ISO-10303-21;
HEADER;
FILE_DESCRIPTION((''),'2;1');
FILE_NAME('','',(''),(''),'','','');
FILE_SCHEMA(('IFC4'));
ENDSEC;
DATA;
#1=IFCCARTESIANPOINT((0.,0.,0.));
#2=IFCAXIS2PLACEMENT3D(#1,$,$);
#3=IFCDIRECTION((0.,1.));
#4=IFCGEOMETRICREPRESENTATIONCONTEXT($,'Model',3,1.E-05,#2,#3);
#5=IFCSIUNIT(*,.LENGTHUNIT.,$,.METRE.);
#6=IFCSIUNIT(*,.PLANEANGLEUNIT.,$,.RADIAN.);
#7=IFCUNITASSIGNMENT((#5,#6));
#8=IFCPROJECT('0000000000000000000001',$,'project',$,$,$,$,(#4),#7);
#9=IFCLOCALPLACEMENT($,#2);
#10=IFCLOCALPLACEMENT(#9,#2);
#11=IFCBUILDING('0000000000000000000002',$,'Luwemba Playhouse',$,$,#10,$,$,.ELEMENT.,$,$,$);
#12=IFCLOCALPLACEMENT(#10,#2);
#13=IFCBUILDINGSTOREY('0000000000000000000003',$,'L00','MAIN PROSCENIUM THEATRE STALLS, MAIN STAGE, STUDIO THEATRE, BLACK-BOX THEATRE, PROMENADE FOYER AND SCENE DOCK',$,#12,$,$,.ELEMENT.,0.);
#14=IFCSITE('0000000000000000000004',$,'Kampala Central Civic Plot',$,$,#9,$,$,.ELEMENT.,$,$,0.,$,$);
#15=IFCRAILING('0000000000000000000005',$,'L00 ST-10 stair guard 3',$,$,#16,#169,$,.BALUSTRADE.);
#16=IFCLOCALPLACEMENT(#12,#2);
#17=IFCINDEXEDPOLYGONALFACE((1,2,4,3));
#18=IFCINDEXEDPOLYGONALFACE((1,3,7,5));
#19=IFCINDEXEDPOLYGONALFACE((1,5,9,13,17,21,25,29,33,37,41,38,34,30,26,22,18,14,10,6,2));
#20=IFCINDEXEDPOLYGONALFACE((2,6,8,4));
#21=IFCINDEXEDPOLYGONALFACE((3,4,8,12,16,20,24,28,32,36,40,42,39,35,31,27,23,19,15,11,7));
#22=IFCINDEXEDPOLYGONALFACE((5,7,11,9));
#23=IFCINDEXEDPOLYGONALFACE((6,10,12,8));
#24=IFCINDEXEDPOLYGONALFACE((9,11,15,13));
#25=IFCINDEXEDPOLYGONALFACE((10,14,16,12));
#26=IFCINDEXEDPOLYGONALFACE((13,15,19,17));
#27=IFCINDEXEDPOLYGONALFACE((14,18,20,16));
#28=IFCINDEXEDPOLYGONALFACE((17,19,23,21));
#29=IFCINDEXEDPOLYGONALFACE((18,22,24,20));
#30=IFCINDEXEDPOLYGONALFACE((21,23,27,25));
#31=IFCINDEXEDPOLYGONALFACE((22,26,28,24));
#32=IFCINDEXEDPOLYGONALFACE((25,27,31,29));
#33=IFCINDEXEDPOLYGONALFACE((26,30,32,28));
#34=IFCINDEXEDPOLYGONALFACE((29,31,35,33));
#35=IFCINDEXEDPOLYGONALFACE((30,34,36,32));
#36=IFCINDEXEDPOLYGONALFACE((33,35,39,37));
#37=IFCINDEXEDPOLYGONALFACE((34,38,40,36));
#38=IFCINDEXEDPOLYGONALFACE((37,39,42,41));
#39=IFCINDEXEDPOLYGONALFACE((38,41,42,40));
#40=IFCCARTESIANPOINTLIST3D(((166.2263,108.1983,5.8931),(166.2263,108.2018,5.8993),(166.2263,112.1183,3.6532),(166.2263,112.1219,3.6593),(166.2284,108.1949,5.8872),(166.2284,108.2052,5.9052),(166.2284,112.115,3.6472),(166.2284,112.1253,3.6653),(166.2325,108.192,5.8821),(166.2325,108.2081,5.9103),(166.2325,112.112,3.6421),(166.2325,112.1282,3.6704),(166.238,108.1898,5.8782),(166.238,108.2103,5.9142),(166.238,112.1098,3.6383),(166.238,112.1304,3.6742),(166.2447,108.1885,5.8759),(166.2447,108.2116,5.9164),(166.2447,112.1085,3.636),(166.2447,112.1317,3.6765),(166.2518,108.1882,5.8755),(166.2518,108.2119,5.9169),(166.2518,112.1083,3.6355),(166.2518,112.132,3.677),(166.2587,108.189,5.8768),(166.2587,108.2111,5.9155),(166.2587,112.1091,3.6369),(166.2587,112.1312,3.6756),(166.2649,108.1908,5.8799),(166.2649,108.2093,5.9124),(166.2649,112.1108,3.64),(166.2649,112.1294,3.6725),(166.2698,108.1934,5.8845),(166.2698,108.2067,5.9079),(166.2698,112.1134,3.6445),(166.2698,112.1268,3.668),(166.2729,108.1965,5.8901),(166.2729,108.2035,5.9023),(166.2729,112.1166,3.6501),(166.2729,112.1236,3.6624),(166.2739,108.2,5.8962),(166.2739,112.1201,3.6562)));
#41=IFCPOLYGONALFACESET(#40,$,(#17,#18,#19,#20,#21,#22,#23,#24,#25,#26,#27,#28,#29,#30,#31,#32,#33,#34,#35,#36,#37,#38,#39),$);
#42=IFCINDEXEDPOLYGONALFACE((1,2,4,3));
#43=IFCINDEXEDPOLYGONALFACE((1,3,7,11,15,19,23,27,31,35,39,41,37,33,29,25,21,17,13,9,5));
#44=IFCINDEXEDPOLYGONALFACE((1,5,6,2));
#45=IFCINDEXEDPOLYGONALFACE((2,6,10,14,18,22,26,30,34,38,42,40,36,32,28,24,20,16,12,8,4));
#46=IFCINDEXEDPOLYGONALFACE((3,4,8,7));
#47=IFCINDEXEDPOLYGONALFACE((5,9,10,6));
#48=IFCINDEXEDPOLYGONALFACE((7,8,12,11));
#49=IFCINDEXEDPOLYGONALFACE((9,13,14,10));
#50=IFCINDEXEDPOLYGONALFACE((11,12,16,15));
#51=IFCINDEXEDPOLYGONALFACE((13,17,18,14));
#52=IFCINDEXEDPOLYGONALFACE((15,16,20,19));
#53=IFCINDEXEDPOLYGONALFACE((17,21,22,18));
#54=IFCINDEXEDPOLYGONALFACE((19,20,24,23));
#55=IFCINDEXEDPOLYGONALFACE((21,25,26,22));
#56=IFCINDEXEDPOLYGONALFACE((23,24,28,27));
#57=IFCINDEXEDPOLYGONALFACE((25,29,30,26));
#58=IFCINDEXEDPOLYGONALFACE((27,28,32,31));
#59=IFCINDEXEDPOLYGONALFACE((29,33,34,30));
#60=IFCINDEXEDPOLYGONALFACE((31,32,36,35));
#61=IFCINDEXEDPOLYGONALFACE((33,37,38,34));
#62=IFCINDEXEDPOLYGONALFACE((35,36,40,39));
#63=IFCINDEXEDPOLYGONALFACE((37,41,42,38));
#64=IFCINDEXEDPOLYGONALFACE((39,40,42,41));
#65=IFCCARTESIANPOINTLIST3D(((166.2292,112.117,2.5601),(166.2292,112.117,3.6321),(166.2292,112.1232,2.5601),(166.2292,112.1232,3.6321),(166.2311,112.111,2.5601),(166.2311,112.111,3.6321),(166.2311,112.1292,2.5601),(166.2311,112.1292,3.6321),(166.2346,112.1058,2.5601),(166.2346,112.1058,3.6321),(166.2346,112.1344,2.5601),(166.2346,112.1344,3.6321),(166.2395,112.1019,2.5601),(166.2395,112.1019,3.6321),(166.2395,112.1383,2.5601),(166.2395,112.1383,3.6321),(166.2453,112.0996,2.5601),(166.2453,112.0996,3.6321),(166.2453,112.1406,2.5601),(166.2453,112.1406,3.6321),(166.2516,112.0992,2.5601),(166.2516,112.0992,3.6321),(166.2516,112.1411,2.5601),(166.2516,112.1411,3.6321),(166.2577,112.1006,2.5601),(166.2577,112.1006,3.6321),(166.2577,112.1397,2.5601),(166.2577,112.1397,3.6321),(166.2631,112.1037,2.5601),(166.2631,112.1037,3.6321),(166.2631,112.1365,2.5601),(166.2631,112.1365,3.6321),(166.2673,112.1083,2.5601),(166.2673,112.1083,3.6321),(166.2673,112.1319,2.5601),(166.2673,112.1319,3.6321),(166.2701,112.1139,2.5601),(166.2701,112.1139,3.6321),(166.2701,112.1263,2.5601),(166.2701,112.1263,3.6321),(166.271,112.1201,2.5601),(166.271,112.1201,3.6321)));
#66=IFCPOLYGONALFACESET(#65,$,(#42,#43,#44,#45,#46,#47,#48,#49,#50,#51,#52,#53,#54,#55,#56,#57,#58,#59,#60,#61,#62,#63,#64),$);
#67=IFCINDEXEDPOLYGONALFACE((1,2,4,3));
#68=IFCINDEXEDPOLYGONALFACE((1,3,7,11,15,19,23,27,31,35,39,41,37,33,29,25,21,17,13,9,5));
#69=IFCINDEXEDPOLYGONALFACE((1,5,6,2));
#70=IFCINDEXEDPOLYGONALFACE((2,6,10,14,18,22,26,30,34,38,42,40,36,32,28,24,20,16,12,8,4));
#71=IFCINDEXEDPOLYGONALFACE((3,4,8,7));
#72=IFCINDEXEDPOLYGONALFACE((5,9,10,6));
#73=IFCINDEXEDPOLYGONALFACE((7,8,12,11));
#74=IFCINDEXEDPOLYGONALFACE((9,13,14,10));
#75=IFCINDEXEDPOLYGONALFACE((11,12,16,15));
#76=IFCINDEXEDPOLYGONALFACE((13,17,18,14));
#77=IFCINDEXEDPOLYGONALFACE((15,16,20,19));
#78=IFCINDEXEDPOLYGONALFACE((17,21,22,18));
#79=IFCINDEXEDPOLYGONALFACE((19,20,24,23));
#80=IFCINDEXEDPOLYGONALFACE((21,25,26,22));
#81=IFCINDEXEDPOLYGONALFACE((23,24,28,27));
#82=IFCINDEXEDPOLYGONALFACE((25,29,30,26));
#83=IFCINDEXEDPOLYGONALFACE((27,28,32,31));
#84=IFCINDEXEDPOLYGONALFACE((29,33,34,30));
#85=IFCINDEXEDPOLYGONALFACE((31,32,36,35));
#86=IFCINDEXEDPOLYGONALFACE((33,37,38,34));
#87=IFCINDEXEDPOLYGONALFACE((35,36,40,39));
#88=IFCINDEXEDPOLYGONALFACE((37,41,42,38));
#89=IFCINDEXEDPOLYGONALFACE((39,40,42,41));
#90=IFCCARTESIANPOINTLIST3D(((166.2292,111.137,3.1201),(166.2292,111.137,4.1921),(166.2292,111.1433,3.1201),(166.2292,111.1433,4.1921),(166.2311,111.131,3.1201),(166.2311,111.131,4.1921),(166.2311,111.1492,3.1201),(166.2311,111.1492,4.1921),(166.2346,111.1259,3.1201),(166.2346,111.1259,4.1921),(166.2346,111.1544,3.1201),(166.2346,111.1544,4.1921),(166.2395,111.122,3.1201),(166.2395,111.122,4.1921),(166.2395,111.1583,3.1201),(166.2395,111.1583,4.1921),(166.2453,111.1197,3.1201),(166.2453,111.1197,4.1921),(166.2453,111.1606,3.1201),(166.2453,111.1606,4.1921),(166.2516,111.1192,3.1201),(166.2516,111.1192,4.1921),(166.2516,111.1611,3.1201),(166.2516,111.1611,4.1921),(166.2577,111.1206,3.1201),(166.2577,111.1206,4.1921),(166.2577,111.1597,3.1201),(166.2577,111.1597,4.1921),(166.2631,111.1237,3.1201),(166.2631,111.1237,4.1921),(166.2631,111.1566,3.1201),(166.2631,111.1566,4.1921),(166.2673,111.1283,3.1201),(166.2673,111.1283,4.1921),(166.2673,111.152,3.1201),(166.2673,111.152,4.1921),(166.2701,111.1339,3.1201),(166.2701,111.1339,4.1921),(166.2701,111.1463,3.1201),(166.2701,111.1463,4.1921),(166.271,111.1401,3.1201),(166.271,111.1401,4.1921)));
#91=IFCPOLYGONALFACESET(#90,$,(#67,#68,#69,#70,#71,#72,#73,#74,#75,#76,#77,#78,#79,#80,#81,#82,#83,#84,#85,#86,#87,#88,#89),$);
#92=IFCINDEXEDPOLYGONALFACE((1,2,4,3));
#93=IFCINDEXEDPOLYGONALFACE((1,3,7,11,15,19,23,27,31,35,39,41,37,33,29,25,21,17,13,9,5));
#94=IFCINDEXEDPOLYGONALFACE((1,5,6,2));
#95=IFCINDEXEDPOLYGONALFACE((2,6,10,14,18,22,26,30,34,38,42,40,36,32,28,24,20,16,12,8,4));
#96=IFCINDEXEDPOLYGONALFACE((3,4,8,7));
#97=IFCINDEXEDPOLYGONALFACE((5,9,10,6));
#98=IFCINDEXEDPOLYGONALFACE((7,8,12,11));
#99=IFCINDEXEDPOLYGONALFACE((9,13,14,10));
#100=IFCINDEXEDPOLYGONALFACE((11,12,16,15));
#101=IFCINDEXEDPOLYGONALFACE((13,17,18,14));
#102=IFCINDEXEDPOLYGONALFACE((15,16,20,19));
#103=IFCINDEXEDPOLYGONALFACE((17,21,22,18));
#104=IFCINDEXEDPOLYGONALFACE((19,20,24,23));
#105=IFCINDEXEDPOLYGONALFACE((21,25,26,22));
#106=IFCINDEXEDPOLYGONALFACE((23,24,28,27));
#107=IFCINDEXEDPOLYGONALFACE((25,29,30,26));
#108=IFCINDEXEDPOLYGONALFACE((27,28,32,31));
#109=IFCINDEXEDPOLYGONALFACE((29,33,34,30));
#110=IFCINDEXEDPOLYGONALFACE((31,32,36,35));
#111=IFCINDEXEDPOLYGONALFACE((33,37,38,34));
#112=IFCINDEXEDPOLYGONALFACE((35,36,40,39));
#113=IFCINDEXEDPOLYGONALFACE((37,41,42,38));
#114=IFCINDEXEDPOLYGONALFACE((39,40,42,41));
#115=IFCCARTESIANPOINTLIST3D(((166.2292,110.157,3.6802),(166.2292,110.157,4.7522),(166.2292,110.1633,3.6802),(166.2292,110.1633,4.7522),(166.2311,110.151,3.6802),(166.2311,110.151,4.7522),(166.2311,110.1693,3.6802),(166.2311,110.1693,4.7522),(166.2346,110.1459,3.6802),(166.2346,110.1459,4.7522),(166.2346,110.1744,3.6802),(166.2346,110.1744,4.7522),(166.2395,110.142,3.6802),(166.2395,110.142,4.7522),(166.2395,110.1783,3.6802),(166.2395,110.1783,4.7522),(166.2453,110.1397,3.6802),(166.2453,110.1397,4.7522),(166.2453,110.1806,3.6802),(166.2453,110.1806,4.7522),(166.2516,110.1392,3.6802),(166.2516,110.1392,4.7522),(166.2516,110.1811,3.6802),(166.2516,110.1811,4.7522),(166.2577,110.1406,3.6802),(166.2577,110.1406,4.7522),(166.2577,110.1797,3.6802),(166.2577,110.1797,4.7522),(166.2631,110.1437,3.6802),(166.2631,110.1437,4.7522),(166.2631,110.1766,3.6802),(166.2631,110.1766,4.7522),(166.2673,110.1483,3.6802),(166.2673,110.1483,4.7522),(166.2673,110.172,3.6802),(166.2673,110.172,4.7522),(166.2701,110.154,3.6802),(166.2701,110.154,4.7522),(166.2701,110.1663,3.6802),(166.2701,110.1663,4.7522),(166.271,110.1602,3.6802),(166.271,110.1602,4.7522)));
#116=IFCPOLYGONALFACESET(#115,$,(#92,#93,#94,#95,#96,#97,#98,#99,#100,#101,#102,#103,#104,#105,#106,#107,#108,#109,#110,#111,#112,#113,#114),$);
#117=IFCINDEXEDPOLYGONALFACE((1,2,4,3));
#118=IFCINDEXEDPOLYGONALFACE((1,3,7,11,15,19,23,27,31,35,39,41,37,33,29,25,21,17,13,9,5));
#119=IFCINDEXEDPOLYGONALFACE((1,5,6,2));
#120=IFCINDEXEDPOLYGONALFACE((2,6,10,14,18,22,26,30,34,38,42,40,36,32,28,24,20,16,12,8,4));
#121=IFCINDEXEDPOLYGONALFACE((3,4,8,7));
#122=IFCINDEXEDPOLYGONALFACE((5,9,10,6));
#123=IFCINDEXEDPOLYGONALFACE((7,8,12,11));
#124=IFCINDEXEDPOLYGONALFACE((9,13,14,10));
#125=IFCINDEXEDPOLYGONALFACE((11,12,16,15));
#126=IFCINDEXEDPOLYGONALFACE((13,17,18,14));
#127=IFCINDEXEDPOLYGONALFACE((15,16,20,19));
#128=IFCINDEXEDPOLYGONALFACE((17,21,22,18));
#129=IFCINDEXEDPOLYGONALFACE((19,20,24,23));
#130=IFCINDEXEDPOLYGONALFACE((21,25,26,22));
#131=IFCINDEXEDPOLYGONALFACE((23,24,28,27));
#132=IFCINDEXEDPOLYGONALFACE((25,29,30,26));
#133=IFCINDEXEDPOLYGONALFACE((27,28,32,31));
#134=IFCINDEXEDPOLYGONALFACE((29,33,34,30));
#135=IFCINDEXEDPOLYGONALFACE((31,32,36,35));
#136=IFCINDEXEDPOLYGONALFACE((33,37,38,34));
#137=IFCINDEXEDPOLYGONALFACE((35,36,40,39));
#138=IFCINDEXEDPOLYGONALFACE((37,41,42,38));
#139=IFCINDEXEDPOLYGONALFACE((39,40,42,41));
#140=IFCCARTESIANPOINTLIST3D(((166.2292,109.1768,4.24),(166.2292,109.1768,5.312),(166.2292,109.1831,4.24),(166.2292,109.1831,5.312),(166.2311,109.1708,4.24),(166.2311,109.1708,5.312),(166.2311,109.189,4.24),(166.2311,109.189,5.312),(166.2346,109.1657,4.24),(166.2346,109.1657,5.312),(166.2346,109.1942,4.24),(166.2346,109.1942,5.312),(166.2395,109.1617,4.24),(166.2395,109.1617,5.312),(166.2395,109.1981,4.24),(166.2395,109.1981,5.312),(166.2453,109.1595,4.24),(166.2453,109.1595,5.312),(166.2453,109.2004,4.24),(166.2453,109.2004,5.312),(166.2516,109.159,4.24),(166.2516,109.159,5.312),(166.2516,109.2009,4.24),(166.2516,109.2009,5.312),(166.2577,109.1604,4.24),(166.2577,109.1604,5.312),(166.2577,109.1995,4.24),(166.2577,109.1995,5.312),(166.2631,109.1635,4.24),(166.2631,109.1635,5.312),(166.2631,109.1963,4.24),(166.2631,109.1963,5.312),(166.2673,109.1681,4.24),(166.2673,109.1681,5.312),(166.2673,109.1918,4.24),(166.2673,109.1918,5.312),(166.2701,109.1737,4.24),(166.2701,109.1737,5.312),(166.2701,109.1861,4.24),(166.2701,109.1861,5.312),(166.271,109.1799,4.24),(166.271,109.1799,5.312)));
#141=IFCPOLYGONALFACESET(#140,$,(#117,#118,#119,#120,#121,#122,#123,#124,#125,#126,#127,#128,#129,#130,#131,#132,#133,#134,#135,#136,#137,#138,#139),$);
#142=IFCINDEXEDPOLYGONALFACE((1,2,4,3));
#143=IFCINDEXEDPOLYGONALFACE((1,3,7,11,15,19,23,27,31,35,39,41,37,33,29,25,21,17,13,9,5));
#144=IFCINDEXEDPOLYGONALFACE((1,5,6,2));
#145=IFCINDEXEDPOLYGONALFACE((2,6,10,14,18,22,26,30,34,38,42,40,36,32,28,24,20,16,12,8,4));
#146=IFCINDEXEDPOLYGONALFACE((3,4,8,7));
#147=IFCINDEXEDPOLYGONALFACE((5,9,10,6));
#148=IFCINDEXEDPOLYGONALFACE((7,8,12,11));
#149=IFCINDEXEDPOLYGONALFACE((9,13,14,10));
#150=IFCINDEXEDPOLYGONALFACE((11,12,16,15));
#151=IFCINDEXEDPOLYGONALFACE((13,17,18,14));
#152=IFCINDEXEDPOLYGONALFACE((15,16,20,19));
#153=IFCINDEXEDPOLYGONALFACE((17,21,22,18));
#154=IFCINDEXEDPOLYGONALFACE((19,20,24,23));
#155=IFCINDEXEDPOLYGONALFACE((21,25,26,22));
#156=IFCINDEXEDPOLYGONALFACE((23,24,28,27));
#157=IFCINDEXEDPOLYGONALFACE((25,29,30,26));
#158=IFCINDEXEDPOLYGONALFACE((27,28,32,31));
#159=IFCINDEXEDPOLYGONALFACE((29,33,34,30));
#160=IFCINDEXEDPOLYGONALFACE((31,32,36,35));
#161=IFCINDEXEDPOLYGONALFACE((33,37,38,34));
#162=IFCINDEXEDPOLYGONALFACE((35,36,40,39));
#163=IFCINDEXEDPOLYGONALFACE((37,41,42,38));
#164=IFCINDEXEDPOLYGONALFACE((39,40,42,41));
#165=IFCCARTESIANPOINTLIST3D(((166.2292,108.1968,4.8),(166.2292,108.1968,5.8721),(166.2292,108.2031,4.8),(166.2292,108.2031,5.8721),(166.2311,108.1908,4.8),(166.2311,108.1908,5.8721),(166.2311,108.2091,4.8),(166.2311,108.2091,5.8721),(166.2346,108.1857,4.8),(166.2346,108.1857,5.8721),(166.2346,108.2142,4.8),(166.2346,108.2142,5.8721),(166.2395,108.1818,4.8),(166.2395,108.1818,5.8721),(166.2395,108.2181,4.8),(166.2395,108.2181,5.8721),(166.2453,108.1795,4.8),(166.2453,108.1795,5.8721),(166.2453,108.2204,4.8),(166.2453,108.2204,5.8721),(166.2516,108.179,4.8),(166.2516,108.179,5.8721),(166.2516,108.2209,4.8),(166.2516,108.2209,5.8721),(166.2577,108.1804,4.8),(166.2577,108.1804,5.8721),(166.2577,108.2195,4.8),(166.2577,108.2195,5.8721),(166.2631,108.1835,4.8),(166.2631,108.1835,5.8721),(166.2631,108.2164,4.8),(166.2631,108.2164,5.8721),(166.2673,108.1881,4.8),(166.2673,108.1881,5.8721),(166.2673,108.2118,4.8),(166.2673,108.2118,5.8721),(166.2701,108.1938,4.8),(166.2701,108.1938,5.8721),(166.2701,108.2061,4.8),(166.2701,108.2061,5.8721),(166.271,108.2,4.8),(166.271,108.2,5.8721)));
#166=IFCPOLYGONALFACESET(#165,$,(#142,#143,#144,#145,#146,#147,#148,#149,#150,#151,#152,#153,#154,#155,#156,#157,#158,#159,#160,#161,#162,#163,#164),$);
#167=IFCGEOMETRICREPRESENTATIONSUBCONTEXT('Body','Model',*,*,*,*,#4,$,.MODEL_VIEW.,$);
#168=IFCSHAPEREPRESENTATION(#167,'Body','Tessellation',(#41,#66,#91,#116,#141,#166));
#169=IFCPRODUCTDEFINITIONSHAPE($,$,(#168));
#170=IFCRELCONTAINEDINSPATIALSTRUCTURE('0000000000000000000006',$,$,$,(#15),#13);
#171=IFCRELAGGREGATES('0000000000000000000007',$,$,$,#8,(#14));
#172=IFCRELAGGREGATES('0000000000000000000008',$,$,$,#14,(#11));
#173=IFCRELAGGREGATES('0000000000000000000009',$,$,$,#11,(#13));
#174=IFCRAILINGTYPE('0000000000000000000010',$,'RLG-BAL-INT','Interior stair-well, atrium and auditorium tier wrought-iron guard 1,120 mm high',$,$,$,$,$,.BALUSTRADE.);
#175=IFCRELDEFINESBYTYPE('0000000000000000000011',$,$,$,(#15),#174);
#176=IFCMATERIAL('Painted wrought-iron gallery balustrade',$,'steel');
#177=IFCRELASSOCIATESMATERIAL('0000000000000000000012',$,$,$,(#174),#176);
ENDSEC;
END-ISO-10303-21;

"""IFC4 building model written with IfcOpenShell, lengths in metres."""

from ifc_helpers import new_model, si_unit, direction, frame, origin, origin_2d, place, context, subcontext, project, spatial, circle, extrude, material, type_object, element, save


model = new_model("IFC4")

# Units and contexts
model_context = context("Model", 3, precision=1e-05, world=origin(), true_north=direction((0.0, 1.0)))
body_context = subcontext(model_context, "Body", "Model", "MODEL_VIEW")
ifc_project = project(units=[si_unit("LENGTHUNIT", "METRE"), si_unit("PLANEANGLEUNIT", "RADIAN")], contexts=[model_context])

# Site, building, storey
site_placement = place(None, origin())
site = spatial("IfcSite", under=ifc_project, at=site_placement, Name="Kampala Central Civic Plot", CompositionType="ELEMENT", RefElevation=0.0)
building_placement = place(site_placement, origin())
building = spatial("IfcBuilding", under=site, at=building_placement, Name="Luwemba Playhouse", CompositionType="ELEMENT")
storey_placement = place(building_placement, origin())
storey = spatial("IfcBuildingStorey", under=building, at=storey_placement, Name="L00", Description="MAIN PROSCENIUM THEATRE STALLS, MAIN STAGE, STUDIO THEATRE, BLACK-BOX THEATRE, PROMENADE FOYER AND SCENE DOCK", CompositionType="ELEMENT", Elevation=0.0)

# Railing
ifc_material_1 = material(Name="Painted wrought-iron gallery balustrade", Category="steel")
railing_type_1 = type_object("IfcRailingType", Name="RLG-BAL-INT", Description="Interior stair-well, atrium and auditorium tier wrought-iron guard 1,120 mm high", PredefinedType="BALUSTRADE", material=ifc_material_1)
railing_1_placement = place(storey_placement, frame((166.25, 112.1201, 2.5601)))
element("IfcRailing", 1, at=railing_1_placement, inside=storey, type_object=railing_type_1, Name="L00 ST-10 stair guard 3", PredefinedType="BALUSTRADE", context=body_context, shape_type="SweptSolid", body=[
    extrude(circle(Radius=0.0239, at=origin_2d()), frame((0.0, 0.0, 1.0962), z_axis=(0.0, -0.868253, 0.496121), x_axis=(1.0, 0.0, 0.0)), (0.0, 0.0, 1.0), 4.5149),
    extrude(circle(Radius=0.021, at=origin_2d()), origin(), (0.0, 0.0, 1.0), 1.072),
    extrude(circle(Radius=0.021, at=origin_2d()), frame((0.0, -0.98, 0.5601)), (0.0, 0.0, 1.0), 1.072),
    extrude(circle(Radius=0.021, at=origin_2d()), frame((0.0, -1.96, 1.1201)), (0.0, 0.0, 1.0), 1.072),
    extrude(circle(Radius=0.021, at=origin_2d()), frame((0.0, -2.9402, 1.6799)), (0.0, 0.0, 1.0), 1.072),
    extrude(circle(Radius=0.021, at=origin_2d()), frame((0.0, -3.9202, 2.24)), (0.0, 0.0, 1.0), 1.072),
])

save(model, "model.ifc")
